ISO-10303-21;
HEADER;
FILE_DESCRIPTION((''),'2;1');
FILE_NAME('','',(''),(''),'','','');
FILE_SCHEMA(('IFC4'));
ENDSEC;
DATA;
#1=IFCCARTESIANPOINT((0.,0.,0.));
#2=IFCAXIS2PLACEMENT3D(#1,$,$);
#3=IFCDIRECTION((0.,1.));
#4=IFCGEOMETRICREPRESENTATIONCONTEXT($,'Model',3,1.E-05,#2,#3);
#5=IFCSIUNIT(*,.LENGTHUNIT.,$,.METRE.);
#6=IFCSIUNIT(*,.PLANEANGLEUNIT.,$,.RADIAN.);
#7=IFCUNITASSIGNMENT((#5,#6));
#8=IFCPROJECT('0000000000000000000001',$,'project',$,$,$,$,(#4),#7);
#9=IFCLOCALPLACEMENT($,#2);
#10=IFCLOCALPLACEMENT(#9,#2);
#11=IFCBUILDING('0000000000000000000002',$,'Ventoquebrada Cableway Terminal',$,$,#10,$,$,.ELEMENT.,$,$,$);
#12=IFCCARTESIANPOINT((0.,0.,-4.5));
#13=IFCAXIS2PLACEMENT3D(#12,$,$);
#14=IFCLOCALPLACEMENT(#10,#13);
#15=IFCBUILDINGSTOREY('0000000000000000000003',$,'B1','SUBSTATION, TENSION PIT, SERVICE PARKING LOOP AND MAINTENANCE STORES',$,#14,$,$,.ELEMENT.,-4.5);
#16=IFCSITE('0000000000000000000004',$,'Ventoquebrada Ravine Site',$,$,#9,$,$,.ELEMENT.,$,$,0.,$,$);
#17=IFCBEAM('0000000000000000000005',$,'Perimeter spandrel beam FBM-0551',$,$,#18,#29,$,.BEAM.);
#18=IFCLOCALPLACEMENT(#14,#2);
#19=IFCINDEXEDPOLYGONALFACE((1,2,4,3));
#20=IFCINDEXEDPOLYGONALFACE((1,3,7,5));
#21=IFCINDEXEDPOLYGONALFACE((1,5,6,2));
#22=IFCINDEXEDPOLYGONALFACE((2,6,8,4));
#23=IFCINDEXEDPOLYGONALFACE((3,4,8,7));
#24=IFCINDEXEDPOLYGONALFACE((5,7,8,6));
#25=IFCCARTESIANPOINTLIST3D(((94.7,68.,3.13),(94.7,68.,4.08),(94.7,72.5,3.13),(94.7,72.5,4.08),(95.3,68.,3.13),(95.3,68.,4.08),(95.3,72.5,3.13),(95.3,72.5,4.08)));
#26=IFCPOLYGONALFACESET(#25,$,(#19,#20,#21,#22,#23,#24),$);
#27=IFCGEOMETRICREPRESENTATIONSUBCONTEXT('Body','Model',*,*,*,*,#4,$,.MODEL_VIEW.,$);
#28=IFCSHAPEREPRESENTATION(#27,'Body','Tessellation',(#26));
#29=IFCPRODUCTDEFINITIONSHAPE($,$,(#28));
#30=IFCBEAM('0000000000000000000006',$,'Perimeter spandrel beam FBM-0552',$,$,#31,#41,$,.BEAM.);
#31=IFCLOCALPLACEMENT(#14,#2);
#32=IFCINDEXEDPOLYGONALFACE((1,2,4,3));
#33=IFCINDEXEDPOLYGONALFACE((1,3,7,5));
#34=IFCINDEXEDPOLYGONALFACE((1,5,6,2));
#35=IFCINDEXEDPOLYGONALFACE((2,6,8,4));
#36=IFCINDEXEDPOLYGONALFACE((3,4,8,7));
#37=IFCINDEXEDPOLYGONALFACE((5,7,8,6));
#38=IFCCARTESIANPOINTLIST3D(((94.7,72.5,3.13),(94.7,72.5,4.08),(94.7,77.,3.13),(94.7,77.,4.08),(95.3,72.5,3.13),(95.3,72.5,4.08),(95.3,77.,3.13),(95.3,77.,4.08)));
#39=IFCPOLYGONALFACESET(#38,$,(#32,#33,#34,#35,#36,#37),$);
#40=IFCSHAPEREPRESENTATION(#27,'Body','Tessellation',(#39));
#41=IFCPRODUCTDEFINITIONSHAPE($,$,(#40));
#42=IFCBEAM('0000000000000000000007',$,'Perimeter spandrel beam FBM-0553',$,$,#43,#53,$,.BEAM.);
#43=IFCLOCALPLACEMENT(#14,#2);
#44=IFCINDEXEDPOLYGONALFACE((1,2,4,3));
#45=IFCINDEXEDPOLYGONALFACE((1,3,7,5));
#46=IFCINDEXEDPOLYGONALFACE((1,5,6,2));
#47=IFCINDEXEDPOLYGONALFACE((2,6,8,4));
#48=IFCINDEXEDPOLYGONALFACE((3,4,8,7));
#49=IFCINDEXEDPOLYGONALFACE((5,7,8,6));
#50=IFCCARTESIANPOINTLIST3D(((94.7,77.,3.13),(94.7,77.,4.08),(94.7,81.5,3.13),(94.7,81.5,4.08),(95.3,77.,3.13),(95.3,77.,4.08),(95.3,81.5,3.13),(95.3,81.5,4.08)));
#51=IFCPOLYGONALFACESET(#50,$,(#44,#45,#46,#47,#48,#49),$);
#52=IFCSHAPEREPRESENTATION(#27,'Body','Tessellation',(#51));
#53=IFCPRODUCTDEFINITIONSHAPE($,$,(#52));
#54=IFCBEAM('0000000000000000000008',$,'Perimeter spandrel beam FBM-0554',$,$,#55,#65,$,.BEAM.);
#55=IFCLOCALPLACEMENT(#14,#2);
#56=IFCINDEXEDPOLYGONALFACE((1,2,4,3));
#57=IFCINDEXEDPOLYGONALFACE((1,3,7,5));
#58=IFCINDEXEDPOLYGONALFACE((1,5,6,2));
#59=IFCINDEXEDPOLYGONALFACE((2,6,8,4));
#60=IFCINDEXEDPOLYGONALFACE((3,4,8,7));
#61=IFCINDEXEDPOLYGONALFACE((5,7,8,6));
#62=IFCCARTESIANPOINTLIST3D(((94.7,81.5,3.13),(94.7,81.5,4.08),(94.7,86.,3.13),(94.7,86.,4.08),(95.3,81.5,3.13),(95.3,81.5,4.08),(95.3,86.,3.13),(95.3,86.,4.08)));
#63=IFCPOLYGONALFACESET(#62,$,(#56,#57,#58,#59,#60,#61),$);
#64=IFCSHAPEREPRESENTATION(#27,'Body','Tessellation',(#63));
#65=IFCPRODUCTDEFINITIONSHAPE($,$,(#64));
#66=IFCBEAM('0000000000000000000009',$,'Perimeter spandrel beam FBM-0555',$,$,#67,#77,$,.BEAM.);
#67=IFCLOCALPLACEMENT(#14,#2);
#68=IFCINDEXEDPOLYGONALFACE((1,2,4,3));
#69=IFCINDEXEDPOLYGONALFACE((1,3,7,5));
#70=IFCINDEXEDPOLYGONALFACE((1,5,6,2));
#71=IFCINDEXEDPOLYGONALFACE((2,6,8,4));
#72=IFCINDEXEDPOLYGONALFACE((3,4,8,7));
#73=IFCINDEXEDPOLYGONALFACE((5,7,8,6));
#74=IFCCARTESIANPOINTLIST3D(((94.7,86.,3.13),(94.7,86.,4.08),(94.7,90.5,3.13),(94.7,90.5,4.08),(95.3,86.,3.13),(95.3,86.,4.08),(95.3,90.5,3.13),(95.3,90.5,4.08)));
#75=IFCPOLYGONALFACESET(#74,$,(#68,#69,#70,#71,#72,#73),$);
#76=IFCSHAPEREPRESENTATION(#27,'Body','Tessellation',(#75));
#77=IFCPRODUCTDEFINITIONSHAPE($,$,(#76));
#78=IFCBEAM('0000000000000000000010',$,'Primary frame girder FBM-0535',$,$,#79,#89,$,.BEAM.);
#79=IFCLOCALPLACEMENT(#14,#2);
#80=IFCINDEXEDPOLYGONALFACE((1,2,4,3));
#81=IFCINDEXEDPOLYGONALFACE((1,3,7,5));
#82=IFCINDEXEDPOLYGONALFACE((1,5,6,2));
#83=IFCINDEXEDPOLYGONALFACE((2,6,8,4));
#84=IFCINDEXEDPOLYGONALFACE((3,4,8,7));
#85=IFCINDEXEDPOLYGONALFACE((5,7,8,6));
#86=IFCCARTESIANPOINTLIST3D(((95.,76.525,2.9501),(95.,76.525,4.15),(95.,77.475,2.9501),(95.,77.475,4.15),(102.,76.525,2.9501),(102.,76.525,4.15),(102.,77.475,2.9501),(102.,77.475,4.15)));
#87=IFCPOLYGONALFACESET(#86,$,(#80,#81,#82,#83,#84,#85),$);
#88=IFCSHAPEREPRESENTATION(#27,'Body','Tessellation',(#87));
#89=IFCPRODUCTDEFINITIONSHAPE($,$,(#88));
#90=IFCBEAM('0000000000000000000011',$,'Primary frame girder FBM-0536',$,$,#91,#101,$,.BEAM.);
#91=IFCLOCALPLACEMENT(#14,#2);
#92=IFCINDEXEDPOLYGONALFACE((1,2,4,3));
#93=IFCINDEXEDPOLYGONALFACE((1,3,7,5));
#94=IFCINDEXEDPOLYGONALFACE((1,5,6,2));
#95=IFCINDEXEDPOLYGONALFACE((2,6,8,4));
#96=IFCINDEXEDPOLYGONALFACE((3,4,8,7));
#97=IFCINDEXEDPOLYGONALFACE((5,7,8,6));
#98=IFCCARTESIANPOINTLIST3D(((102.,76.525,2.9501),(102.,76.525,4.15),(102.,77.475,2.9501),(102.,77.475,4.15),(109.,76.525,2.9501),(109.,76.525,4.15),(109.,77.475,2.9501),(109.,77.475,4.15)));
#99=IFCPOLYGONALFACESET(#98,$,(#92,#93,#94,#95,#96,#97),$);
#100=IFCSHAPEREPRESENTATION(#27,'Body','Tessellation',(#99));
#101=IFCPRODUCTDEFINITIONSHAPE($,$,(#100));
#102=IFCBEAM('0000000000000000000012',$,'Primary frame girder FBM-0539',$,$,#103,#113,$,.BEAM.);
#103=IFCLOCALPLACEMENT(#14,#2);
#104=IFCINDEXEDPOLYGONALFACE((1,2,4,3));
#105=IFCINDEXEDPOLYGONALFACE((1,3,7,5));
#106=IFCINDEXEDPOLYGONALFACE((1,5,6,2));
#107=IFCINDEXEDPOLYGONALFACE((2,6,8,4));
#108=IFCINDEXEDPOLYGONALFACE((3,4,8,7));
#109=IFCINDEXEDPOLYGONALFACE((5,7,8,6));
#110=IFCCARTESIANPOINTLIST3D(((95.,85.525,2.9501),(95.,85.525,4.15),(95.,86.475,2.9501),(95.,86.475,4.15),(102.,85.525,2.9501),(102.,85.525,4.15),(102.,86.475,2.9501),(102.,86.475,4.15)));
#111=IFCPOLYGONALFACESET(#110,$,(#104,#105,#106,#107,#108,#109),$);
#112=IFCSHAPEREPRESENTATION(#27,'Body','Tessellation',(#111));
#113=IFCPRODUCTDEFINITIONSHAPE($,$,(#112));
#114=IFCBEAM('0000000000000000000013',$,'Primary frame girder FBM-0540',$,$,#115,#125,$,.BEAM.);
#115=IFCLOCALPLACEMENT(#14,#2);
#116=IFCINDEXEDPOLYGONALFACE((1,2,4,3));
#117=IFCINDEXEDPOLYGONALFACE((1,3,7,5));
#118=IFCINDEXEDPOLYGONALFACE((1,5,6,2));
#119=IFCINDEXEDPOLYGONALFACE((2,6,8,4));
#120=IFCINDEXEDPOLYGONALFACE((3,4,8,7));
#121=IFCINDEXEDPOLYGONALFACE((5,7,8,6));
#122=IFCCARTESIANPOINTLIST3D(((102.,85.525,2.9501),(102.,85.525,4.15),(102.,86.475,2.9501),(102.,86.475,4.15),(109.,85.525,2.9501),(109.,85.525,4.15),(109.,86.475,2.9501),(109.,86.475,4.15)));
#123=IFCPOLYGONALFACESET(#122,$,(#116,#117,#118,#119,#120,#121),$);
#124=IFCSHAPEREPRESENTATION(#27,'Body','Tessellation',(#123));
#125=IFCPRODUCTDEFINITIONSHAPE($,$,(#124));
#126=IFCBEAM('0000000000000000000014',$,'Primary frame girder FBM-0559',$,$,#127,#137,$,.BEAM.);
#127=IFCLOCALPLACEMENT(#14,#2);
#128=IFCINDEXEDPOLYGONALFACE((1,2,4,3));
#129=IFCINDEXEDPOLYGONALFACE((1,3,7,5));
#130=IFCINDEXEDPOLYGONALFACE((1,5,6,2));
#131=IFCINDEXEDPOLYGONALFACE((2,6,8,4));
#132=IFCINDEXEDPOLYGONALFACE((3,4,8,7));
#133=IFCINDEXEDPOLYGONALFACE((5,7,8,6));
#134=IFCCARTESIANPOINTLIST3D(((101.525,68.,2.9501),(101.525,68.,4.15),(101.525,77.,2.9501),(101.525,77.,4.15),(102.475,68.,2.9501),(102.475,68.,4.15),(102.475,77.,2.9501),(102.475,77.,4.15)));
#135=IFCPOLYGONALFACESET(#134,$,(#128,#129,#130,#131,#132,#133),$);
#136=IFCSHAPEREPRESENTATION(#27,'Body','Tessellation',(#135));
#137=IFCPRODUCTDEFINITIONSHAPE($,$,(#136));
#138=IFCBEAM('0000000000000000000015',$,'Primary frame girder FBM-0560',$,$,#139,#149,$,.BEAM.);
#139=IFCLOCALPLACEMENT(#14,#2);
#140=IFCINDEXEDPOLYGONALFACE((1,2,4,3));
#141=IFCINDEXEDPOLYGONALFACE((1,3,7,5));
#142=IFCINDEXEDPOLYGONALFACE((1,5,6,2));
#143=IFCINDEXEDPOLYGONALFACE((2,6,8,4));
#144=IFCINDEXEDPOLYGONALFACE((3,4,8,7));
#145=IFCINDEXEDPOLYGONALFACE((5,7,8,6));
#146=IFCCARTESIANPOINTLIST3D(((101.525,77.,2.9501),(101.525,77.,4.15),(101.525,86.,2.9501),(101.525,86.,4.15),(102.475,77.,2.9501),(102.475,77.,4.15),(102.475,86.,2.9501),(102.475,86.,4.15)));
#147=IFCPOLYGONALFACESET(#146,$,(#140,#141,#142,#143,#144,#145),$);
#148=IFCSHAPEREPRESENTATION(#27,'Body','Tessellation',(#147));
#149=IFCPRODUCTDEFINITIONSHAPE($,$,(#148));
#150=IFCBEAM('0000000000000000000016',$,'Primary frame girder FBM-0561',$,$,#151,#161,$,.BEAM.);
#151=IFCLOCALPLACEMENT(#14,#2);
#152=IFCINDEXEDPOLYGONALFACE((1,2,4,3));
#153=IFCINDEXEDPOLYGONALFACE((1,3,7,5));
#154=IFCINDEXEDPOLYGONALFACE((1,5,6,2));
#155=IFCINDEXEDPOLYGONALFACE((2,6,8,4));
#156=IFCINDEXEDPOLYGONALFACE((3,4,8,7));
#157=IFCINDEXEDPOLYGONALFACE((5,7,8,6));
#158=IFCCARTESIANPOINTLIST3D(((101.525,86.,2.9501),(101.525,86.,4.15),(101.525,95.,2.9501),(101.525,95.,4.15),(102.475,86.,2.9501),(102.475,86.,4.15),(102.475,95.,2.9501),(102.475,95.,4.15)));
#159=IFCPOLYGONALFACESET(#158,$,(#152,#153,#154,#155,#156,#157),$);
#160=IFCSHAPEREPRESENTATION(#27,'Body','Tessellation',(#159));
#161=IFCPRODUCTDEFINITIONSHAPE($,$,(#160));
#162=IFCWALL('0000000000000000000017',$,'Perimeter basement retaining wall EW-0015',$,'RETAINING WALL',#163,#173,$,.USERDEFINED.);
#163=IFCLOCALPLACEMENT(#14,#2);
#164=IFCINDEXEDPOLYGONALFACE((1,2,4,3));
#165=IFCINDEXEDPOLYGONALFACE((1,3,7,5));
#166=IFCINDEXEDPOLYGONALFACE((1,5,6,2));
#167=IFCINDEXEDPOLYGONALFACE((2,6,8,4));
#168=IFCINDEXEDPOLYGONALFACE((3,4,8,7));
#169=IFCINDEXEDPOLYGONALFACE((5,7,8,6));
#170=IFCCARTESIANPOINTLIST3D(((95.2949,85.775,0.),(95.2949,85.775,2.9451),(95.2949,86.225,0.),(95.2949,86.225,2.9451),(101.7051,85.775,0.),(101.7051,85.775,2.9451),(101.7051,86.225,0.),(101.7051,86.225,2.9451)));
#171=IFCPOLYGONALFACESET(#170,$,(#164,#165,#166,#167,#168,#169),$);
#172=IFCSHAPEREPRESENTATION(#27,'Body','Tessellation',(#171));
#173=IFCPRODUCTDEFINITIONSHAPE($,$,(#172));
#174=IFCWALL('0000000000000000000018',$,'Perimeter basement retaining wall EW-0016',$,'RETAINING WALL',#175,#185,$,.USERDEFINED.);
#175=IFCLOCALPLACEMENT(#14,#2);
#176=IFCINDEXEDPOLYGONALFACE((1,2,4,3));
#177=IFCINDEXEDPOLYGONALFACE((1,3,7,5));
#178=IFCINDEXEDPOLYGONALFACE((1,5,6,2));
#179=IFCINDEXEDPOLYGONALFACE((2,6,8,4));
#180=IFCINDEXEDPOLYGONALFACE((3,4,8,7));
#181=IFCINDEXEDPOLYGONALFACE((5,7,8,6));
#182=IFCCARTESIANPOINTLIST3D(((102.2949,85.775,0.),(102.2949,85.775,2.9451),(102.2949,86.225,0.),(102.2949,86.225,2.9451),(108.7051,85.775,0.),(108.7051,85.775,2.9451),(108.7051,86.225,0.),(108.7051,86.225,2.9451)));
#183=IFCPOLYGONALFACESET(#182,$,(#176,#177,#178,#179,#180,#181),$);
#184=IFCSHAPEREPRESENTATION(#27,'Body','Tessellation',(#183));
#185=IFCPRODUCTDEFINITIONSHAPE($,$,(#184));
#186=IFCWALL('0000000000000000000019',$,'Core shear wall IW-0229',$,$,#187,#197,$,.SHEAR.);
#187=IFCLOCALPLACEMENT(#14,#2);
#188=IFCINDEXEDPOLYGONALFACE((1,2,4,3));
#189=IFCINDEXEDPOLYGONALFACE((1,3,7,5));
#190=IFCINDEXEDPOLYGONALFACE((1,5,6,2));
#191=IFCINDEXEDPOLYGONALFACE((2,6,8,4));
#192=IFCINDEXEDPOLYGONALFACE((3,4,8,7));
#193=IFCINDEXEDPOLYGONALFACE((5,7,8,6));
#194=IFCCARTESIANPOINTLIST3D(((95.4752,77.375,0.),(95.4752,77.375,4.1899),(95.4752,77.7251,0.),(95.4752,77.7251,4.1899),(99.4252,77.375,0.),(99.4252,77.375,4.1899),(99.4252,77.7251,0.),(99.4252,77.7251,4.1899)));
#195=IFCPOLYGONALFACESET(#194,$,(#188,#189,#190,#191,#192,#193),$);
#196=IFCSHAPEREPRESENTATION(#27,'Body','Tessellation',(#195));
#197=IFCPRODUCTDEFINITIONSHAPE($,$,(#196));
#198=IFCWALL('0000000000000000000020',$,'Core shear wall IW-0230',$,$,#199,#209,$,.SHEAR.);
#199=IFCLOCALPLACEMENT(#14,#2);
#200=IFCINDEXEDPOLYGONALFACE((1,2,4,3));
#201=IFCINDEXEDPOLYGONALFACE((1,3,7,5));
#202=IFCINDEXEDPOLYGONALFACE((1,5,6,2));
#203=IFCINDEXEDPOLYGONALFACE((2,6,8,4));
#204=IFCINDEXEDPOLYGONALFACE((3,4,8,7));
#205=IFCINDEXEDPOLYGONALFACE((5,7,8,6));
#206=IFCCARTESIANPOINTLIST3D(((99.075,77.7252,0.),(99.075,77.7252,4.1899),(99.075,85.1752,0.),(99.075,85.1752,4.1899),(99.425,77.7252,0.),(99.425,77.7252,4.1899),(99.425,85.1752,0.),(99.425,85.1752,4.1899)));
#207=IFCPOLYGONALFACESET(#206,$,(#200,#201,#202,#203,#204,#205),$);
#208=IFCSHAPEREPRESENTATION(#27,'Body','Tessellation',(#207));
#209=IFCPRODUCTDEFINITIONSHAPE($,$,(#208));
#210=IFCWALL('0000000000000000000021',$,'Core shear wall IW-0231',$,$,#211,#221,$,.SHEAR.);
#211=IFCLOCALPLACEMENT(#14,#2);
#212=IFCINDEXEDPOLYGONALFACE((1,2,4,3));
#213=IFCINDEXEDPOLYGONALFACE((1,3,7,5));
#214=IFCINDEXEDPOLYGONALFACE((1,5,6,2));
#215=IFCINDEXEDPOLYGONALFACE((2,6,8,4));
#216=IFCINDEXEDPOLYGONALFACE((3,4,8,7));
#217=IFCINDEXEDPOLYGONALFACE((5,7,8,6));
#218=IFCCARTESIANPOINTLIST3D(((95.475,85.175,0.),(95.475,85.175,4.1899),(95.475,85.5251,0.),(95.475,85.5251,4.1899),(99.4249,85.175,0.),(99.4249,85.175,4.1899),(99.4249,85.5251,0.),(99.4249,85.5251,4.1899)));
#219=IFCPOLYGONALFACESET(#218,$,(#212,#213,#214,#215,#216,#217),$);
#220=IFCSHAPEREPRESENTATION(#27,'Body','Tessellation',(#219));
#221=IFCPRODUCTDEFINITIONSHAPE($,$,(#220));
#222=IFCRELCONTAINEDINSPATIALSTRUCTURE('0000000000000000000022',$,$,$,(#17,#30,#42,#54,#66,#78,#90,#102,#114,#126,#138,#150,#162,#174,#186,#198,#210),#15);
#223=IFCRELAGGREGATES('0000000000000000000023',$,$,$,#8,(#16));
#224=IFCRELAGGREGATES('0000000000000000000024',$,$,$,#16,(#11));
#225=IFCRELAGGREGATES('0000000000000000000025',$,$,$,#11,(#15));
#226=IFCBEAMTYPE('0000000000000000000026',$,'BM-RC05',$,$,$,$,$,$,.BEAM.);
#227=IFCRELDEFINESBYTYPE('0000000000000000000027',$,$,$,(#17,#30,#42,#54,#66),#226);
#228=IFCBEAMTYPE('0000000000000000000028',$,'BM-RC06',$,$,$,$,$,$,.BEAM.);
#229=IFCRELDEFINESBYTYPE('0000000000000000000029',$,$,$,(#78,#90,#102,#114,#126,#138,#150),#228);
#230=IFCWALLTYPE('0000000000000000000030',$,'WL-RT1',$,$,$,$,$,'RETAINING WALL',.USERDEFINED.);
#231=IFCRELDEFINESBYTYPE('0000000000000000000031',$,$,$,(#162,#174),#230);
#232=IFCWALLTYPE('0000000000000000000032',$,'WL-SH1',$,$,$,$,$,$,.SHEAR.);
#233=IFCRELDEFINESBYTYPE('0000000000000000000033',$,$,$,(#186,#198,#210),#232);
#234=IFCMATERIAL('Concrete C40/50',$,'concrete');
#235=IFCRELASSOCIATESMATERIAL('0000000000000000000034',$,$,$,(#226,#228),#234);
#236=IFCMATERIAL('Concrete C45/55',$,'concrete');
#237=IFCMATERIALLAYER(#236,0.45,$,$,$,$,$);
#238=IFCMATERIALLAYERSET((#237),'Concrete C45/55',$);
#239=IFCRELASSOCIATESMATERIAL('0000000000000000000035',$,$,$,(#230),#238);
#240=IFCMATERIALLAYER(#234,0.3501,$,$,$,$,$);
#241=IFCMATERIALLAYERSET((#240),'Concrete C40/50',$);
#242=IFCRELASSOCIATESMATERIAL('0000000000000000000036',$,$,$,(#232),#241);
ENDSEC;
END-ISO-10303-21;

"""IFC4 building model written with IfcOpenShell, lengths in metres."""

from ifc_helpers import new_model, si_unit, direction, frame, frame_2d, origin, origin_2d, place, context, subcontext, project, spatial, rectangle, extrude, material, layer, layer_set, material_profile, profile_set, type_object, element, save


model = new_model("IFC4")

# Units and contexts
model_context = context("Model", 3, precision=1e-05, world=origin(), true_north=direction((0.0, 1.0)))
body_context = subcontext(model_context, "Body", "Model", "MODEL_VIEW")
ifc_project = project(units=[si_unit("LENGTHUNIT", "METRE"), si_unit("PLANEANGLEUNIT", "RADIAN")], contexts=[model_context])

# Site, building, storey
site_placement = place(None, origin())
site = spatial("IfcSite", under=ifc_project, at=site_placement, Name="Ventoquebrada Ravine Site", CompositionType="ELEMENT", RefElevation=0.0)
building_placement = place(site_placement, origin())
building = spatial("IfcBuilding", under=site, at=building_placement, Name="Ventoquebrada Cableway Terminal", CompositionType="ELEMENT")
storey_placement = place(building_placement, frame((0.0, 0.0, -4.5)))
storey = spatial("IfcBuildingStorey", under=building, at=storey_placement, Name="B1", Description="SUBSTATION, TENSION PIT, SERVICE PARKING LOOP AND MAINTENANCE STORES", CompositionType="ELEMENT", Elevation=-4.5)

# Shared definitions
ifc_material_1 = material(Name="Concrete C40/50", Category="concrete")

# Beams
ifc_material_profile_1 = material_profile(ifc_material_1, rectangle(XDim=0.6001, YDim=0.95, at=origin_2d()), Name="RC-BM-600X950")
ifc_profile_set_1 = profile_set([ifc_material_profile_1], Name="Concrete C40/50")
beam_type_1 = type_object("IfcBeamType", Name="BM-RC05", PredefinedType="BEAM", material=ifc_profile_set_1)
for number, where, z_axis, x_axis, name in (
    (1, (95.0, 68.0, 3.605), (0.0, 1.0, 0.0), (-1.0, 0.0, 0.0), "Perimeter spandrel beam FBM-0551"),
    (2, (95.0, 72.5, 3.605), (0.0, 1.0, 0.0), (-1.0, 0.0, 0.0), "Perimeter spandrel beam FBM-0552"),
    (3, (95.0, 77.0, 3.605), (0.0, 1.0, 0.0), (-1.0, 0.0, 0.0), "Perimeter spandrel beam FBM-0553"),
    (4, (95.0, 81.5, 3.605), (0.0, 1.0, 0.0), (-1.0, 0.0, 0.0), "Perimeter spandrel beam FBM-0554"),
    (5, (95.0, 86.0, 3.605), (0.0, 1.0, 0.0), (-1.0, 0.0, 0.0), "Perimeter spandrel beam FBM-0555"),
):
    element("IfcBeam", number, at=place(storey_placement, frame(where, z_axis=z_axis, x_axis=x_axis)), inside=storey, type_object=beam_type_1, Name=name, PredefinedType="BEAM", context=body_context, shape_type="SweptSolid", body=[
        extrude(rectangle(XDim=0.6001, YDim=0.95, at=origin_2d()), origin(), (0.0, 0.0, 1.0), 4.5),
    ])
ifc_material_profile_2 = material_profile(ifc_material_1, rectangle(XDim=0.95, YDim=1.2, at=origin_2d()), Name="RC-BM-950X1200")
ifc_profile_set_2 = profile_set([ifc_material_profile_2], Name="Concrete C40/50")
beam_type_2 = type_object("IfcBeamType", Name="BM-RC06", PredefinedType="BEAM", material=ifc_profile_set_2)
for number, where, z_axis, x_axis, name in (
    (6, (95.0, 77.0, 3.55), (1.0, 0.0, 0.0), (0.0, 1.0, 0.0), "Primary frame girder FBM-0535"),
    (7, (102.0, 77.0, 3.55), (1.0, 0.0, 0.0), (0.0, 1.0, 0.0), "Primary frame girder FBM-0536"),
    (8, (95.0, 86.0, 3.55), (1.0, 0.0, 0.0), (0.0, 1.0, 0.0), "Primary frame girder FBM-0539"),
    (9, (102.0, 86.0, 3.55), (1.0, 0.0, 0.0), (0.0, 1.0, 0.0), "Primary frame girder FBM-0540"),
):
    element("IfcBeam", number, at=place(storey_placement, frame(where, z_axis=z_axis, x_axis=x_axis)), inside=storey, type_object=beam_type_2, Name=name, PredefinedType="BEAM", context=body_context, shape_type="SweptSolid", body=[
        extrude(rectangle(XDim=0.95, YDim=1.2, at=origin_2d()), origin(), (0.0, 0.0, 1.0), 7.0),
    ])
for number, where, z_axis, x_axis, name in (
    (10, (102.0, 68.0, 3.55), (0.0, 1.0, 0.0), (-1.0, 0.0, 0.0), "Primary frame girder FBM-0559"),
    (11, (102.0, 77.0, 3.55), (0.0, 1.0, 0.0), (-1.0, 0.0, 0.0), "Primary frame girder FBM-0560"),
    (12, (102.0, 86.0, 3.55), (0.0, 1.0, 0.0), (-1.0, 0.0, 0.0), "Primary frame girder FBM-0561"),
):
    element("IfcBeam", number, at=place(storey_placement, frame(where, z_axis=z_axis, x_axis=x_axis)), inside=storey, type_object=beam_type_2, Name=name, PredefinedType="BEAM", context=body_context, shape_type="SweptSolid", body=[
        extrude(rectangle(XDim=0.95, YDim=1.2, at=origin_2d()), origin(), (0.0, 0.0, 1.0), 9.0),
    ])

# Walls
ifc_material_2 = material(Name="Concrete C45/55", Category="concrete")
ifc_layer_1 = layer(ifc_material_2, 0.45)
ifc_layer_set_1 = layer_set([ifc_layer_1], Name="Concrete C45/55")
wall_type_1 = type_object("IfcWallType", Name="WL-RT1", ElementType="RETAINING WALL", PredefinedType="USERDEFINED", material=ifc_layer_set_1)
for number, where, z_axis, x_axis, name in (
    (13, (95.2949, 86.0, 0.0), (0.0, 0.0, 1.0), (1.0, 0.0, 0.0), "Perimeter basement retaining wall EW-0015"),
    (14, (102.2949, 86.0, 0.0), (0.0, 0.0, 1.0), (1.0, 0.0, 0.0), "Perimeter basement retaining wall EW-0016"),
):
    element("IfcWall", number, at=place(storey_placement, frame(where, z_axis=z_axis, x_axis=x_axis)), inside=storey, type_object=wall_type_1, Name=name, ObjectType="RETAINING WALL", PredefinedType="USERDEFINED", context=body_context, shape_type="SweptSolid", body=[
        extrude(rectangle(XDim=6.4102, YDim=0.45, at=frame_2d((3.2051, 0.0))), origin(), (0.0, 0.0, 1.0), 2.9451),
    ])
ifc_layer_2 = layer(ifc_material_1, 0.3501)
ifc_layer_set_2 = layer_set([ifc_layer_2], Name="Concrete C40/50")
wall_type_2 = type_object("IfcWallType", Name="WL-SH1", PredefinedType="SHEAR", material=ifc_layer_set_2)
wall_1_placement = place(storey_placement, frame((95.4751, 77.55, 0.0), z_axis=(0.0, 0.0, 1.0), x_axis=(1.0, 0.0, 0.0)))
element("IfcWall", 15, at=wall_1_placement, inside=storey, type_object=wall_type_2, Name="Core shear wall IW-0229", PredefinedType="SHEAR", context=body_context, shape_type="SweptSolid", body=[
    extrude(rectangle(XDim=3.95, YDim=0.3501, at=frame_2d((1.9751, 0.0))), origin(), (0.0, 0.0, 1.0), 4.1899),
])
wall_2_placement = place(storey_placement, frame((99.25, 77.7251, 0.0), z_axis=(0.0, 0.0, 1.0), x_axis=(0.0, 1.0, 0.0)))
element("IfcWall", 16, at=wall_2_placement, inside=storey, type_object=wall_type_2, Name="Core shear wall IW-0230", PredefinedType="SHEAR", context=body_context, shape_type="SweptSolid", body=[
    extrude(rectangle(XDim=7.45, YDim=0.3501, at=frame_2d((3.7251, 0.0))), origin(), (0.0, 0.0, 1.0), 4.1899),
])
wall_3_placement = place(storey_placement, frame((99.425, 85.3501, 0.0), z_axis=(0.0, 0.0, 1.0), x_axis=(-1.0, 0.0, 0.0)))
element("IfcWall", 17, at=wall_3_placement, inside=storey, type_object=wall_type_2, Name="Core shear wall IW-0231", PredefinedType="SHEAR", context=body_context, shape_type="SweptSolid", body=[
    extrude(rectangle(XDim=3.95, YDim=0.3501, at=frame_2d((1.9751, 0.0))), origin(), (0.0, 0.0, 1.0), 4.1899),
])

save(model, "model.ifc")
